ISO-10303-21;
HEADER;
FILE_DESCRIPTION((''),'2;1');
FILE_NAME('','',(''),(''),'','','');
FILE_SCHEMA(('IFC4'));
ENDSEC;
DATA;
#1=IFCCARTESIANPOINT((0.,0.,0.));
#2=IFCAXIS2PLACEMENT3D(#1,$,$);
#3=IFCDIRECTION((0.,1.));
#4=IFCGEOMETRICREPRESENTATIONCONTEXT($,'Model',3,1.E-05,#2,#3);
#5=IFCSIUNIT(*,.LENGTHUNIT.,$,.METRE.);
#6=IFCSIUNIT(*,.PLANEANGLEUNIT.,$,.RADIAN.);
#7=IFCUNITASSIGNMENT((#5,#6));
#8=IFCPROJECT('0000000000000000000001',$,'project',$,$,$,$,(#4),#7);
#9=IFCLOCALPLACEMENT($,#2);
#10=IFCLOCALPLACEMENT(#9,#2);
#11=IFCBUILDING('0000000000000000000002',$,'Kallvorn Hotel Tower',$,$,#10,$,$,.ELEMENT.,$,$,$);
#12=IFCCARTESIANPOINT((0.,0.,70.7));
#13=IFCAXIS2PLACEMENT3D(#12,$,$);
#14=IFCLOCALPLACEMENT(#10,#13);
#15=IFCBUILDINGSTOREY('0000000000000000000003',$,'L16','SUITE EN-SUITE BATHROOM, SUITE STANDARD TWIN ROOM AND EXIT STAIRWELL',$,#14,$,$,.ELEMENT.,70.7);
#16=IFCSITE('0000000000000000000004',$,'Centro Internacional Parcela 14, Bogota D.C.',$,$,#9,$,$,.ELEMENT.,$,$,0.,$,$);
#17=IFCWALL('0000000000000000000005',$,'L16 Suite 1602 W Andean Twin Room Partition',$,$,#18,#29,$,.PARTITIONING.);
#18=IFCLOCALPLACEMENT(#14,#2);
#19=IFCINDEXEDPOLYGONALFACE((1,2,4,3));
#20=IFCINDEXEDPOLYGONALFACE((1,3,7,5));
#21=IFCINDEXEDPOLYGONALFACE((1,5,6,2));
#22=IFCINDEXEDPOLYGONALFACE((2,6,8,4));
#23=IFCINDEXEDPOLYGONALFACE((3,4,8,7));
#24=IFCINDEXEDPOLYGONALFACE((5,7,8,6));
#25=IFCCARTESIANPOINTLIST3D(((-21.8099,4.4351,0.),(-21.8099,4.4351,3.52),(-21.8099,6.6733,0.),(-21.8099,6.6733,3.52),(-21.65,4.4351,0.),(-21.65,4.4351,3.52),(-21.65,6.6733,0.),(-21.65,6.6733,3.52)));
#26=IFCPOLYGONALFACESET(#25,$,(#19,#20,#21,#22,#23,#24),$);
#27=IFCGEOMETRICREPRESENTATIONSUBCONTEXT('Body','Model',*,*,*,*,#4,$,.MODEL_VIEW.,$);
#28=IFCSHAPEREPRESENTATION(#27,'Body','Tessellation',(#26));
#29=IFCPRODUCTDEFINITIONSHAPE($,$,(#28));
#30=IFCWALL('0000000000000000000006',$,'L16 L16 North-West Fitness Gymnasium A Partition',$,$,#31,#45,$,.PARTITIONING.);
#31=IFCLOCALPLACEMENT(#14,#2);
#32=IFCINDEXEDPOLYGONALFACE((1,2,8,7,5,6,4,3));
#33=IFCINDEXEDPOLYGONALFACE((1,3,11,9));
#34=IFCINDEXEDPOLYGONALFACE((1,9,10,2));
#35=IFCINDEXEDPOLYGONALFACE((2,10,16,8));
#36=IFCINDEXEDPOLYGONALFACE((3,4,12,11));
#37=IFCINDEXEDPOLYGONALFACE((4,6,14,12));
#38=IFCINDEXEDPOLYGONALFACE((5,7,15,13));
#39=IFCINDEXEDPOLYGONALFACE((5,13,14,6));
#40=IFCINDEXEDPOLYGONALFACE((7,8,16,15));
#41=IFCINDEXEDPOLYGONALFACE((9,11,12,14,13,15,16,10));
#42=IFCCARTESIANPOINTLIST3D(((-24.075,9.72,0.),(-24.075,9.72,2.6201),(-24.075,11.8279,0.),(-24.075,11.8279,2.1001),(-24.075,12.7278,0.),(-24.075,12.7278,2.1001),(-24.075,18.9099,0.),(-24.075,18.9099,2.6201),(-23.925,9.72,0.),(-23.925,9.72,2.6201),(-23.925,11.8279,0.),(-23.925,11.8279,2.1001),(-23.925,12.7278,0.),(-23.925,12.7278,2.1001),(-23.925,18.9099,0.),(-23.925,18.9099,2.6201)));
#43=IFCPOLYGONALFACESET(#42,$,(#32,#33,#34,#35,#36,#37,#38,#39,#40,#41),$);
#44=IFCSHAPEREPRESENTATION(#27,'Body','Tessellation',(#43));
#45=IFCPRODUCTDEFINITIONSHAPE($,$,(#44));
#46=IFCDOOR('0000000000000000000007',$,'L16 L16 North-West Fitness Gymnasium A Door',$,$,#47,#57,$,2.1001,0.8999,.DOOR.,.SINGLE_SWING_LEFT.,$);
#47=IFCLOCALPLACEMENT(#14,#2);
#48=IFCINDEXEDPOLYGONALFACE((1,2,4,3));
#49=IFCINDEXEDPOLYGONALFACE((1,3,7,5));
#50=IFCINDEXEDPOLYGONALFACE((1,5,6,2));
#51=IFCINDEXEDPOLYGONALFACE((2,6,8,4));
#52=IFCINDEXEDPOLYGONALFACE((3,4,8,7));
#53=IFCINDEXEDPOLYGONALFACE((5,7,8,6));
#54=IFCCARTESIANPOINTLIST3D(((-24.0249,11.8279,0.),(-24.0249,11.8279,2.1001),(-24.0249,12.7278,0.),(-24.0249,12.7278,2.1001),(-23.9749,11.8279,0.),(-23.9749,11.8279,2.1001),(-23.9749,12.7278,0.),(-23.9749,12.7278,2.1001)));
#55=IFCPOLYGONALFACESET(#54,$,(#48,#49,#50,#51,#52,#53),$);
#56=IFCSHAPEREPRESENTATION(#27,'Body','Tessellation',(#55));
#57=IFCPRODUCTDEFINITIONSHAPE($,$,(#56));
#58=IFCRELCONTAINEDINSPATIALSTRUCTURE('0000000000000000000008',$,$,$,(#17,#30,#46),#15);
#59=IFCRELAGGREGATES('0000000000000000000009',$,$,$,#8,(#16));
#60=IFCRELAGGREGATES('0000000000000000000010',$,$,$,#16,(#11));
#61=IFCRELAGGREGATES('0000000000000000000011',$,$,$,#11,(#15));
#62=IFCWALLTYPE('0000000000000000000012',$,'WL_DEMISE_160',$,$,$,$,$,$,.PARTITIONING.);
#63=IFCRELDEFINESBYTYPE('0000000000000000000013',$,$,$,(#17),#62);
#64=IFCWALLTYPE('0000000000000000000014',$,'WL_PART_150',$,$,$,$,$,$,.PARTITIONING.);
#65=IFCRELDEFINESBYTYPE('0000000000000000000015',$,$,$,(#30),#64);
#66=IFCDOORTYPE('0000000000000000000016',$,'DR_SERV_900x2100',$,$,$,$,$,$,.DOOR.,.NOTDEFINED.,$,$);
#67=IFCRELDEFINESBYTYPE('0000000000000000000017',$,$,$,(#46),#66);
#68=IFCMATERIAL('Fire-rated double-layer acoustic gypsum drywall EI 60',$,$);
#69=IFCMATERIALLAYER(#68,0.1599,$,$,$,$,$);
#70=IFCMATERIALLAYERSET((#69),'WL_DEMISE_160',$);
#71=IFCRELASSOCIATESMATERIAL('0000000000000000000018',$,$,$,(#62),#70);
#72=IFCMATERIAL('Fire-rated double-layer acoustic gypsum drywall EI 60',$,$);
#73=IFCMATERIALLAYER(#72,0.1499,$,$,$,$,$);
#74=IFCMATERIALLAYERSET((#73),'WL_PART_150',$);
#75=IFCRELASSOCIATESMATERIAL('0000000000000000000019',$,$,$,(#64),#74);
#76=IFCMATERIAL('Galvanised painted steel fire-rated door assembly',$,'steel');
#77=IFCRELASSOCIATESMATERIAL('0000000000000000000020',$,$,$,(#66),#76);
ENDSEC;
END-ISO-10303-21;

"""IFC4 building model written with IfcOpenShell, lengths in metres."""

from ifc_helpers import new_model, si_unit, direction, frame, frame_2d, origin, place, context, subcontext, project, spatial, rectangle, extrude, material, layer, layer_set, type_object, element, fill, save


model = new_model("IFC4")

# Units and contexts
model_context = context("Model", 3, precision=1e-05, world=origin(), true_north=direction((0.0, 1.0)))
body_context = subcontext(model_context, "Body", "Model", "MODEL_VIEW")
ifc_project = project(units=[si_unit("LENGTHUNIT", "METRE"), si_unit("PLANEANGLEUNIT", "RADIAN")], contexts=[model_context])

# Site, building, storey
site_placement = place(None, origin())
site = spatial("IfcSite", under=ifc_project, at=site_placement, Name="Centro Internacional Parcela 14, Bogota D.C.", CompositionType="ELEMENT", RefElevation=0.0)
building_placement = place(site_placement, origin())
building = spatial("IfcBuilding", under=site, at=building_placement, Name="Kallvorn Hotel Tower", CompositionType="ELEMENT")
storey_placement = place(building_placement, frame((0.0, 0.0, 70.7)))
storey = spatial("IfcBuildingStorey", under=building, at=storey_placement, Name="L16", Description="SUITE EN-SUITE BATHROOM, SUITE STANDARD TWIN ROOM AND EXIT STAIRWELL", CompositionType="ELEMENT", Elevation=70.7)

# Shared definitions
ifc_material_1 = material(Name="Fire-rated double-layer acoustic gypsum drywall EI 60")
ifc_layer_1 = layer(ifc_material_1, 0.1599)
ifc_layer_set_1 = layer_set([ifc_layer_1], Name="WL_DEMISE_160")
wall_type_1 = type_object("IfcWallType", Name="WL_DEMISE_160", PredefinedType="PARTITIONING", material=ifc_layer_set_1)

# Wall
wall_1_placement = place(storey_placement, frame((-21.73, 4.4351, 0.0), z_axis=(0.0, 0.0, 1.0), x_axis=(0.0, 1.0, 0.0)))
element("IfcWall", 1, at=wall_1_placement, inside=storey, type_object=wall_type_1, Name="L16 Suite 1602 W Andean Twin Room Partition", PredefinedType="PARTITIONING", context=body_context, shape_type="SweptSolid", body=[
    extrude(rectangle(XDim=2.2383, YDim=0.1599, at=frame_2d((1.1191, 0.0))), origin(), (0.0, 0.0, 1.0), 3.52),
])

# Wall, opening, door
ifc_material_2 = material(Name="Fire-rated double-layer acoustic gypsum drywall EI 60")
ifc_layer_2 = layer(ifc_material_2, 0.1499)
ifc_layer_set_2 = layer_set([ifc_layer_2], Name="WL_PART_150")
wall_type_2 = type_object("IfcWallType", Name="WL_PART_150", PredefinedType="PARTITIONING", material=ifc_layer_set_2)
wall_2_placement = place(storey_placement, frame((-24.0, 9.72, 0.0), z_axis=(0.0, 0.0, 1.0), x_axis=(0.0, 1.0, 0.0)))
wall_2 = element("IfcWall", 2, at=wall_2_placement, inside=storey, type_object=wall_type_2, Name="L16 L16 North-West Fitness Gymnasium A Partition", PredefinedType="PARTITIONING", context=body_context, shape_type="SweptSolid", body=[
    extrude(rectangle(XDim=9.1899, YDim=0.1499, at=frame_2d((4.595, 0.0))), origin(), (0.0, 0.0, 1.0), 2.6201),
])
opening_1_placement = place(wall_2_placement, frame((2.1079, 0.0, 0.0)))
opening_1 = element("IfcOpeningElement", 3, at=opening_1_placement, cuts=wall_2, PredefinedType="OPENING", context=body_context, shape_type="SweptSolid", body=[
    extrude(rectangle(XDim=0.8999, YDim=2.1001, at=frame_2d((0.45, 1.05))), frame((0.0, 0.0898, 0.0), z_axis=(0.0, -1.0, 0.0), x_axis=(1.0, 0.0, 0.0)), (0.0, 0.0, 1.0), 0.1799),
])
ifc_material_3 = material(Name="Galvanised painted steel fire-rated door assembly", Category="steel")
door_type_1 = type_object("IfcDoorType", Name="DR_SERV_900x2100", OperationType="NOTDEFINED", PredefinedType="DOOR", material=ifc_material_3)
door_1_placement = place(opening_1_placement, origin())
door_1 = element("IfcDoor", 4, at=door_1_placement, inside=storey, type_object=door_type_1, Name="L16 L16 North-West Fitness Gymnasium A Door", OperationType="SINGLE_SWING_LEFT", OverallHeight=2.1001, OverallWidth=0.8999, PredefinedType="DOOR", context=body_context, shape_type="SweptSolid", body=[
    extrude(rectangle(XDim=0.8999, YDim=2.1001, at=frame_2d((0.45, 1.05))), frame((0.0, 0.0249, 0.0), z_axis=(0.0, -1.0, 0.0), x_axis=(1.0, 0.0, 0.0)), (0.0, 0.0, 1.0), 0.05),
])
fill(opening_1, door_1)

save(model, "model.ifc")
